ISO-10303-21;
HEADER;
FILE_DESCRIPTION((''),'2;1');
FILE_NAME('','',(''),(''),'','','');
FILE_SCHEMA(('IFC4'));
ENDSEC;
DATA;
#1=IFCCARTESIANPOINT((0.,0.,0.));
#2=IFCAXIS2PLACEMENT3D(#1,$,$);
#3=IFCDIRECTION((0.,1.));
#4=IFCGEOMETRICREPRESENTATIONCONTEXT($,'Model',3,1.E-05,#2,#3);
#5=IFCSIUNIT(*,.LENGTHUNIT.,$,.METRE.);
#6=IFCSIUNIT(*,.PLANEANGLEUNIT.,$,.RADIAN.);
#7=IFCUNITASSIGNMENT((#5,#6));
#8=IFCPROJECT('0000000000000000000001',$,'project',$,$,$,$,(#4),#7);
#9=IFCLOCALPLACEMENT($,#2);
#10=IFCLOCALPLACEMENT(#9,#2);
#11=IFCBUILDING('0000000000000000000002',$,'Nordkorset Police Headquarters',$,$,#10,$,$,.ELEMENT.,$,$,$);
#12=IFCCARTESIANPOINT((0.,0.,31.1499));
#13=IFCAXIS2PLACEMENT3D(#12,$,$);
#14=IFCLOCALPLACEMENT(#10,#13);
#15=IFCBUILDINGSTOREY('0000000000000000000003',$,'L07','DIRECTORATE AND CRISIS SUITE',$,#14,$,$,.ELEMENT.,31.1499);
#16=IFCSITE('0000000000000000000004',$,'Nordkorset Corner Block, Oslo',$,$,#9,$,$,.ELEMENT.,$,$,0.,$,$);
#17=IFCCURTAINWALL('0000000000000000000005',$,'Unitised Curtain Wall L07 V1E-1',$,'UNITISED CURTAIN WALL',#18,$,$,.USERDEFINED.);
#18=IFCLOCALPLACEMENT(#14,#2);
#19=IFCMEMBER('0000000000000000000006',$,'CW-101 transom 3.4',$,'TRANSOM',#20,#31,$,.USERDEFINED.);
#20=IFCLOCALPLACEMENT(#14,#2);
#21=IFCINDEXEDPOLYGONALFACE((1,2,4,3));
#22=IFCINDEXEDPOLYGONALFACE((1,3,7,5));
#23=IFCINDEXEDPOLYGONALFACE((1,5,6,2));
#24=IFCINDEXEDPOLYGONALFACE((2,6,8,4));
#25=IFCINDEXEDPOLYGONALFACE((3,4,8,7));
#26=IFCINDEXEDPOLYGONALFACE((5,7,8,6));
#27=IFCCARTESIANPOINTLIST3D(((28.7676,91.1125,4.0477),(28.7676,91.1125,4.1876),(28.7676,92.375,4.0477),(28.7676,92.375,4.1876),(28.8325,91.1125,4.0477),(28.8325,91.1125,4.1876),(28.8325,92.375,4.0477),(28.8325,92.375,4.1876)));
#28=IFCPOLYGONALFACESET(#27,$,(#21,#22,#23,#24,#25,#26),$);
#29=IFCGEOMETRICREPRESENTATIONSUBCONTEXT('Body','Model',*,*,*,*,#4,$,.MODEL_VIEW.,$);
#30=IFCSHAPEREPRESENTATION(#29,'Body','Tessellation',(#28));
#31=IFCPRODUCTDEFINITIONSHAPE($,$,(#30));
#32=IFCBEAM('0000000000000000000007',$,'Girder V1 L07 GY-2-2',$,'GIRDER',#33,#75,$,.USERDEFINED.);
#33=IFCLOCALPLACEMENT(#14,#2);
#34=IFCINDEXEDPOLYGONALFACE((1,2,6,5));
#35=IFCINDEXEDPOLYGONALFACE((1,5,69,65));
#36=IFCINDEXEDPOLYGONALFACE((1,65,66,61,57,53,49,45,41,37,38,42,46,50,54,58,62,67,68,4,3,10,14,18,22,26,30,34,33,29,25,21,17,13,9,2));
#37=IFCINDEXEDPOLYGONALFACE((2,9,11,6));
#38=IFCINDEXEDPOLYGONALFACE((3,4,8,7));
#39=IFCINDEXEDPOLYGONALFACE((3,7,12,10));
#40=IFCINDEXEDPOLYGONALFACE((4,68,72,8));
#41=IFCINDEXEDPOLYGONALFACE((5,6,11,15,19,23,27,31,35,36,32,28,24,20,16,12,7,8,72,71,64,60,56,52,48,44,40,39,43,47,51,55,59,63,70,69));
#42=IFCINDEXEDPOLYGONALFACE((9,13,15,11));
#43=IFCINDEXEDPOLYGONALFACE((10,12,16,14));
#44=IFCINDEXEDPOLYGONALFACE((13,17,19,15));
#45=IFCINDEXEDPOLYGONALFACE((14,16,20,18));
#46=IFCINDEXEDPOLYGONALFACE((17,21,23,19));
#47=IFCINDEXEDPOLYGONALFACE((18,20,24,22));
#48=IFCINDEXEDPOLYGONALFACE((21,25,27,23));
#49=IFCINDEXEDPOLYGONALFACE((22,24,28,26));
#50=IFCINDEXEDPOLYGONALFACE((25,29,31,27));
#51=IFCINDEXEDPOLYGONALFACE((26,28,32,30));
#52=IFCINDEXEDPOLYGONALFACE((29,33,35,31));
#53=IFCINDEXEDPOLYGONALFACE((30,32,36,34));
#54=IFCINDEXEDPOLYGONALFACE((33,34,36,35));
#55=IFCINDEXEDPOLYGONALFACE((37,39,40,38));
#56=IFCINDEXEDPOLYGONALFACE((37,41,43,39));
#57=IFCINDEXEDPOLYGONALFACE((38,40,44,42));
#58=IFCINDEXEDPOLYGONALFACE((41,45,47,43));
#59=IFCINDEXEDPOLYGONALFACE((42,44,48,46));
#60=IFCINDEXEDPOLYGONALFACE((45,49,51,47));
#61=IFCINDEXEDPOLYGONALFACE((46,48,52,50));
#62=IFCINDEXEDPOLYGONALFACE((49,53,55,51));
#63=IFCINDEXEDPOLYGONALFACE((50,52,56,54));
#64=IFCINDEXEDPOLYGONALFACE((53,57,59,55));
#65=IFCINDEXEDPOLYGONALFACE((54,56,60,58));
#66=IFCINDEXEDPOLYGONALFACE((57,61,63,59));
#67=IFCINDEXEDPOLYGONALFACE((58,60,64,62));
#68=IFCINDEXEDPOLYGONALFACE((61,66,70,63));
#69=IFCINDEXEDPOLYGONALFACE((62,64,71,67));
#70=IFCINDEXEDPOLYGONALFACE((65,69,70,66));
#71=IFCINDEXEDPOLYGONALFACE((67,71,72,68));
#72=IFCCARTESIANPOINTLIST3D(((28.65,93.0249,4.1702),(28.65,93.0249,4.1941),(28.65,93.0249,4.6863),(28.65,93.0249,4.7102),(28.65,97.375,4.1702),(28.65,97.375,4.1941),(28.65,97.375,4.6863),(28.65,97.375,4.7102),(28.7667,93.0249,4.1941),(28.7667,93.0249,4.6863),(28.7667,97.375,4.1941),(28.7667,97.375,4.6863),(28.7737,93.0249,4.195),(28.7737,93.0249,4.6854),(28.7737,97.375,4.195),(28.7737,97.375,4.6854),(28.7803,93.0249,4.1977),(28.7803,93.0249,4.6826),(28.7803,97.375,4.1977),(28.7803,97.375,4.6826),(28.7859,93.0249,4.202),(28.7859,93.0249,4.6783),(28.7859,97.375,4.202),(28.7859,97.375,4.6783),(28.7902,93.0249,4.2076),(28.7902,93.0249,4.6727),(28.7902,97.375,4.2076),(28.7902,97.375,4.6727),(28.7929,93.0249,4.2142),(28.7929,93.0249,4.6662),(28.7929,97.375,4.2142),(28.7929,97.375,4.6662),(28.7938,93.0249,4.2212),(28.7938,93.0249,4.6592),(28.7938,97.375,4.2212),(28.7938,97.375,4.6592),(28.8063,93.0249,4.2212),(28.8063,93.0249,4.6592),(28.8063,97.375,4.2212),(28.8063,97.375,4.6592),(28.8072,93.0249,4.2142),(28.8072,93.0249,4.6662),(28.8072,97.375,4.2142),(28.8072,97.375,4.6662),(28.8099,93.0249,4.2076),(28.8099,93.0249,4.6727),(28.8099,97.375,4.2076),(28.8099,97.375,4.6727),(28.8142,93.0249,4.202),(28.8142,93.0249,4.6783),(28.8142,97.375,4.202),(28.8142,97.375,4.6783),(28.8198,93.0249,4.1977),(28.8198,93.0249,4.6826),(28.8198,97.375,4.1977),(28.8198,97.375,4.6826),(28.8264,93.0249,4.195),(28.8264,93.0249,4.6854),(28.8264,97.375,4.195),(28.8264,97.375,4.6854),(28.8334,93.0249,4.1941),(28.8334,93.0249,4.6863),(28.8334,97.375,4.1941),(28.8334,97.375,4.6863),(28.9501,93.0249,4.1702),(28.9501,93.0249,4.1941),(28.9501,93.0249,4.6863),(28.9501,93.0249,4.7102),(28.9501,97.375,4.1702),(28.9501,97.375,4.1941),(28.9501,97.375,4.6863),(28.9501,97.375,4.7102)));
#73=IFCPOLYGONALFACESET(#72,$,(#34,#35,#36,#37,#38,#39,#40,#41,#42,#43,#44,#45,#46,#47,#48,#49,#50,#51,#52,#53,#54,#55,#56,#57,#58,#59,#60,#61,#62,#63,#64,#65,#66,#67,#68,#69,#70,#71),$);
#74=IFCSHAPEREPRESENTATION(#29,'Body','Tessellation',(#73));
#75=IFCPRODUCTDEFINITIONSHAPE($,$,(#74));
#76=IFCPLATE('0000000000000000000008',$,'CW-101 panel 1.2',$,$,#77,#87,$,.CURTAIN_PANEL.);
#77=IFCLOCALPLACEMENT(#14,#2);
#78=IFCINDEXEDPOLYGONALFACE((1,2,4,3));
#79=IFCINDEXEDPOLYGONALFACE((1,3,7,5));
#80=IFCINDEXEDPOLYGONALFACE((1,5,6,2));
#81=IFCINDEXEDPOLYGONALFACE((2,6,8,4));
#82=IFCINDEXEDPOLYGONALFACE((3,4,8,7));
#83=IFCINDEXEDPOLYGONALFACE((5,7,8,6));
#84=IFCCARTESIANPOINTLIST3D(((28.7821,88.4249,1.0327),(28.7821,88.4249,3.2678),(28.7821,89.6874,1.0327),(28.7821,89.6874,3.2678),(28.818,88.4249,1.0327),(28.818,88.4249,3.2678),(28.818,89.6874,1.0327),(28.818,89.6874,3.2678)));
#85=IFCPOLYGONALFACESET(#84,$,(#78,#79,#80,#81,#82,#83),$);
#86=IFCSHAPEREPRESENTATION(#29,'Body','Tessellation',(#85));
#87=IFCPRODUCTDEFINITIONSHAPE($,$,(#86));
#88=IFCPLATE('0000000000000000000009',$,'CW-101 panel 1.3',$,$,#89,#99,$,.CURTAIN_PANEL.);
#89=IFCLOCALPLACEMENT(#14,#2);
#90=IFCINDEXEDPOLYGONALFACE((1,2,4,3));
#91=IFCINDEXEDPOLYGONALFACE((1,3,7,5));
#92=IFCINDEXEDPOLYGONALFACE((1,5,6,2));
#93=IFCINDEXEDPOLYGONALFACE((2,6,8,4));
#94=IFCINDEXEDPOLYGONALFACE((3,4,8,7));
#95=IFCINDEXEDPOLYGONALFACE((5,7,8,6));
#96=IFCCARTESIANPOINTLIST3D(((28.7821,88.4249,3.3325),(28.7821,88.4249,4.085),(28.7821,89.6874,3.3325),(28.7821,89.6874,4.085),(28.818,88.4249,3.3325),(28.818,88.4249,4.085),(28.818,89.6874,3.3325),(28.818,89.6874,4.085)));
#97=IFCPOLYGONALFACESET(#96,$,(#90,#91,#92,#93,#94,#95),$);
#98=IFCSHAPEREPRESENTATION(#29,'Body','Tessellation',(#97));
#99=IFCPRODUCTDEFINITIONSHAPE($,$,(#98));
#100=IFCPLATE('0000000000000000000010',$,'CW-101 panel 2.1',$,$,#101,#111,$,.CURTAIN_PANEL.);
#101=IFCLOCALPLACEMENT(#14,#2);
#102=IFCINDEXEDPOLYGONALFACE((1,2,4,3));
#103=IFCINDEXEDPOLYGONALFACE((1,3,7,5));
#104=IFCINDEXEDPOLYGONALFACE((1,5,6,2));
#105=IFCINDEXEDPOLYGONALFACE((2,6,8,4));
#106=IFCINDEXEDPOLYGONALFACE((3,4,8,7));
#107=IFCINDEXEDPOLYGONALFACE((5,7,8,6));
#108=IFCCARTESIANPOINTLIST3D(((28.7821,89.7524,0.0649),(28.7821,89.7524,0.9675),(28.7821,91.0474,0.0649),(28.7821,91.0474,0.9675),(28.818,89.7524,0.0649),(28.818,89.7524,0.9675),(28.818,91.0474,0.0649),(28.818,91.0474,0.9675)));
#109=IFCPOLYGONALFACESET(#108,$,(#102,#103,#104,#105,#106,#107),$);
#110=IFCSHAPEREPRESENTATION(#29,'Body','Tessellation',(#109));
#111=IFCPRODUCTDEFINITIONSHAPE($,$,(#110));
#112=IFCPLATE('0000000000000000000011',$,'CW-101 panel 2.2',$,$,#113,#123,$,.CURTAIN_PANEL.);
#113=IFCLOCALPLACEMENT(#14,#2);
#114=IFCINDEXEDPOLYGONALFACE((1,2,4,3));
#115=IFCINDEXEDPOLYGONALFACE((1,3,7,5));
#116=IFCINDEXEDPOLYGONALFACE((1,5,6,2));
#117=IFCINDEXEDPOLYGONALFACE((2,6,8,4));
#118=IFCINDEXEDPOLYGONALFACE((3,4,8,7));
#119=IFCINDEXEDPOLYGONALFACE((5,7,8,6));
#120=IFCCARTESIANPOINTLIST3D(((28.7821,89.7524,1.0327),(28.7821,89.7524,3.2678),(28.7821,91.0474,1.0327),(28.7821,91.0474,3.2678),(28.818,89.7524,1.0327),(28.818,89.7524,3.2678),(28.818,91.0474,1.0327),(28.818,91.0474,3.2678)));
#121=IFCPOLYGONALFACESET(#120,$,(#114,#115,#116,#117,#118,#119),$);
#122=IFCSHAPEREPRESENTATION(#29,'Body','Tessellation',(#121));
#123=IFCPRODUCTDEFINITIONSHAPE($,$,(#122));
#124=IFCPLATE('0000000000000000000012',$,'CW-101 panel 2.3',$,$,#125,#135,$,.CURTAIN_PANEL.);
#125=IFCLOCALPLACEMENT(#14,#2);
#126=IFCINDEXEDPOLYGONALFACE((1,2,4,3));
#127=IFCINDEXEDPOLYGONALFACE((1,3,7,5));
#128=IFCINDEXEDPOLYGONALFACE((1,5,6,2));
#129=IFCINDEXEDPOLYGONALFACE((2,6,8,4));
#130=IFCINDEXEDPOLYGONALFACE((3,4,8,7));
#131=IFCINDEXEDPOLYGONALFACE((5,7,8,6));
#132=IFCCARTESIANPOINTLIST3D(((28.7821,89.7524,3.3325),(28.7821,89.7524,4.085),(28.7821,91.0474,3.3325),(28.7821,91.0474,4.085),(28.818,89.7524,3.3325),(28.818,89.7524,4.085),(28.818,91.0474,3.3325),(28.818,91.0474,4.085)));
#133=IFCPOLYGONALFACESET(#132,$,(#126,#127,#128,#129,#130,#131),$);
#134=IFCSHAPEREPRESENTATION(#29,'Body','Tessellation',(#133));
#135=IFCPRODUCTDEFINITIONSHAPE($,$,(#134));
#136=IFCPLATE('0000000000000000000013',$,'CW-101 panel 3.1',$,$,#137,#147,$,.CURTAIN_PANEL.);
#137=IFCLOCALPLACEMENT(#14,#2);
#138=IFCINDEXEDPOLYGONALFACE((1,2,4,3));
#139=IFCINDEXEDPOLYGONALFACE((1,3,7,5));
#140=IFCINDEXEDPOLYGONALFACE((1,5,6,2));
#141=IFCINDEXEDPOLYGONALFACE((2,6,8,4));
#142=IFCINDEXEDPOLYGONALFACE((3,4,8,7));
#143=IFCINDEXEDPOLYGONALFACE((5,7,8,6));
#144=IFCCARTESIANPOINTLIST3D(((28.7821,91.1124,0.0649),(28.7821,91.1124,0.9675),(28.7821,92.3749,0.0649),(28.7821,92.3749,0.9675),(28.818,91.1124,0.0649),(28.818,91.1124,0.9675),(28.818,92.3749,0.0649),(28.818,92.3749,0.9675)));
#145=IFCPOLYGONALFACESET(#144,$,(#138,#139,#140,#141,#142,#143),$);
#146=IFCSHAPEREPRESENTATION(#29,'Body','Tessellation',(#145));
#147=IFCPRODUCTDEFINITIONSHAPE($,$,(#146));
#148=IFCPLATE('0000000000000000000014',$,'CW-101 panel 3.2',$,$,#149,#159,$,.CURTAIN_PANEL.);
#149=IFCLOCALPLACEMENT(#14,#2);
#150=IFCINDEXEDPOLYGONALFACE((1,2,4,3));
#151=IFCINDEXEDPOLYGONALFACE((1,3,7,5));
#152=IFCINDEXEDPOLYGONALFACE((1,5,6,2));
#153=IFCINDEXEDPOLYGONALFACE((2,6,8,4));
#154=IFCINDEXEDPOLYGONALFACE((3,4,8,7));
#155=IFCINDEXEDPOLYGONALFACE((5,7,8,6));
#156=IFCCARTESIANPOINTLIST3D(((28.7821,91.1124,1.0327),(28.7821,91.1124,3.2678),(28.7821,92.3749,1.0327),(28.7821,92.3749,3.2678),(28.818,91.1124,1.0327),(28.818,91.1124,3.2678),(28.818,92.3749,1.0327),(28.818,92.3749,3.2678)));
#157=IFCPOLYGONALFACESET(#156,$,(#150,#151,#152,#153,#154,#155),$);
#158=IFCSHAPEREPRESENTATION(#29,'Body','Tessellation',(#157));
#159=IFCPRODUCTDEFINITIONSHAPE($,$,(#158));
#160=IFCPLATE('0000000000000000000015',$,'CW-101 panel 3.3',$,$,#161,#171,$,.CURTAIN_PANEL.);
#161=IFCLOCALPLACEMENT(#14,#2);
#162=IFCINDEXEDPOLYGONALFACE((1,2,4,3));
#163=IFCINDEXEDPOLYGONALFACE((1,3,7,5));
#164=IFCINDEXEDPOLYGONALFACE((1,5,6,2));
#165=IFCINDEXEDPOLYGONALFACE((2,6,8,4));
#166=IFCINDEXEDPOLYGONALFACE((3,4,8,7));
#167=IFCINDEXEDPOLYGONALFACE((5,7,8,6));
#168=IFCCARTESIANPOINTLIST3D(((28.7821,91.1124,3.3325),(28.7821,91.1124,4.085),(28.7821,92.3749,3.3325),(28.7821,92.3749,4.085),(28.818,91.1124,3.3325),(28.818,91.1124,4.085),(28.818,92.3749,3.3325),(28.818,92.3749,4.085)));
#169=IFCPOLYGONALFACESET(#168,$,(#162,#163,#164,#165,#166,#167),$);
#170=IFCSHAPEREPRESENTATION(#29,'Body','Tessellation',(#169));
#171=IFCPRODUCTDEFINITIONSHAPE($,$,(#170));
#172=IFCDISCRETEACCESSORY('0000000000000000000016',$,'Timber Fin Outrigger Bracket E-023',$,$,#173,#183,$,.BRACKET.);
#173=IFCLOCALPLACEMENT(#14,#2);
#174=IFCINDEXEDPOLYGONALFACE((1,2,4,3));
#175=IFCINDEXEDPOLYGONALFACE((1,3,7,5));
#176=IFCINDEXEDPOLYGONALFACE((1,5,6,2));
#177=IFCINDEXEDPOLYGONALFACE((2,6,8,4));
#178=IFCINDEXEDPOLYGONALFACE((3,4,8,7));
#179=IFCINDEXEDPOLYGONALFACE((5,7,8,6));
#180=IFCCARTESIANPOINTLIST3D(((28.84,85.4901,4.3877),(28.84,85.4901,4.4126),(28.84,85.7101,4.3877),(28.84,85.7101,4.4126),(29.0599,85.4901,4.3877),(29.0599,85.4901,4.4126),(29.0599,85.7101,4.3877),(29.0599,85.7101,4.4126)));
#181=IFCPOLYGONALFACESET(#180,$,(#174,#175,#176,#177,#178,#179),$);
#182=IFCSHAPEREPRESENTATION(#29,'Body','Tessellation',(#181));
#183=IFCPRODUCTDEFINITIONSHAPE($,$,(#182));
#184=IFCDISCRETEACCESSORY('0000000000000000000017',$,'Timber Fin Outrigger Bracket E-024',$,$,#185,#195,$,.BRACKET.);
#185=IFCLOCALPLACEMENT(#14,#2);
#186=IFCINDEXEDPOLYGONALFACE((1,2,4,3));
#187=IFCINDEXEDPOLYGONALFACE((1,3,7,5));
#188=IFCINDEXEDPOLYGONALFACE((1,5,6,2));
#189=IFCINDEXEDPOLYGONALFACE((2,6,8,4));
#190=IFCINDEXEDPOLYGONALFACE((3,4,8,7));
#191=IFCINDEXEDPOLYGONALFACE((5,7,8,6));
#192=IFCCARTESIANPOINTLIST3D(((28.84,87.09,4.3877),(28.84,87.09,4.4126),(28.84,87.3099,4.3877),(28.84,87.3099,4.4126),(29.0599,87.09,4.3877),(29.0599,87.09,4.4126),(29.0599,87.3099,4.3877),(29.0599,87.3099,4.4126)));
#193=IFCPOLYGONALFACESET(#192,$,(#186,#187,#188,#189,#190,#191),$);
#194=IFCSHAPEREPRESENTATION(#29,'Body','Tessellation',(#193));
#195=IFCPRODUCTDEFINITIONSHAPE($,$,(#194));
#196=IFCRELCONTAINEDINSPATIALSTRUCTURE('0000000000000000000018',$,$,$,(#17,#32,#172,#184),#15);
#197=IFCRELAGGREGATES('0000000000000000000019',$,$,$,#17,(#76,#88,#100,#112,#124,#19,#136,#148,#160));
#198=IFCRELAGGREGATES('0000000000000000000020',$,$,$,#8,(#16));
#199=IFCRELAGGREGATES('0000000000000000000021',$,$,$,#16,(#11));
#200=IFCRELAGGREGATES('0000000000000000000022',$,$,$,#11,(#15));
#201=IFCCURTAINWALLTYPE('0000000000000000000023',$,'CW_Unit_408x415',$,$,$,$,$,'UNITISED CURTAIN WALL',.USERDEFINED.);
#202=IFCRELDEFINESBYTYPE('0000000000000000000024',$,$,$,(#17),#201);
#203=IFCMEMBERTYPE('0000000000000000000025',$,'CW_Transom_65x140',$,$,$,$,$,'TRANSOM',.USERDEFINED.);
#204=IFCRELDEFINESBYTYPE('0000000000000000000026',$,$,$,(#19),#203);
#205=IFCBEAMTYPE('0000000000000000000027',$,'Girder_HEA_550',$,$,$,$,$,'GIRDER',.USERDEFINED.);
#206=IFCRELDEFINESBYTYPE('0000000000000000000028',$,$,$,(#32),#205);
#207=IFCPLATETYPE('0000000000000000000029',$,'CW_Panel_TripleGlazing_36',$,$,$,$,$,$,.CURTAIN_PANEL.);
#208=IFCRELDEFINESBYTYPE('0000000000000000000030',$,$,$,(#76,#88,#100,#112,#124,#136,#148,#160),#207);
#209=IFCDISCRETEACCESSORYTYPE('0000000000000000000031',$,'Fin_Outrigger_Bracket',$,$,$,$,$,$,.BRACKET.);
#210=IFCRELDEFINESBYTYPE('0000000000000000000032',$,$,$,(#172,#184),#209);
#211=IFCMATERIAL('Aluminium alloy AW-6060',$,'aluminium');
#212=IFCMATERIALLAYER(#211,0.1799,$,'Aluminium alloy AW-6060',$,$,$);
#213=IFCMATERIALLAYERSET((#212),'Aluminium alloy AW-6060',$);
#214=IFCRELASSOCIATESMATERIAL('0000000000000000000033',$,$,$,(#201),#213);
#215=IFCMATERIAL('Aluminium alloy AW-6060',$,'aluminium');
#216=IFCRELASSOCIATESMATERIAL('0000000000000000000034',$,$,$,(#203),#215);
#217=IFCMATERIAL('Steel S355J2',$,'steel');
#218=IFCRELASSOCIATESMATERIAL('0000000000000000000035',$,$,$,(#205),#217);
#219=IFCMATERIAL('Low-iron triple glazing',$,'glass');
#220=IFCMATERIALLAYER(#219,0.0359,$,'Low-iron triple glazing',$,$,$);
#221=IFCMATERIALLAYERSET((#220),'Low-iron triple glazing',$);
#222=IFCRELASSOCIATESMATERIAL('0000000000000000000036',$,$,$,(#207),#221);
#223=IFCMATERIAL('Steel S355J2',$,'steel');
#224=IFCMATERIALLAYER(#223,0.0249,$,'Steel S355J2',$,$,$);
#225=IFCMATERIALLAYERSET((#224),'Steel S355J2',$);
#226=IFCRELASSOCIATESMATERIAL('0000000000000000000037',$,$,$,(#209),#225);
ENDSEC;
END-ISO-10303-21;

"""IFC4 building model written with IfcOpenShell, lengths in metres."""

from ifc_helpers import new_model, si_unit, direction, frame, origin, origin_2d, place, context, subcontext, project, spatial, rectangle, i_section, extrude, material, layer, layer_set, material_profile, profile_set, type_object, element, aggregate, save


model = new_model("IFC4")

# Units and contexts
model_context = context("Model", 3, precision=1e-05, world=origin(), true_north=direction((0.0, 1.0)))
body_context = subcontext(model_context, "Body", "Model", "MODEL_VIEW")
ifc_project = project(units=[si_unit("LENGTHUNIT", "METRE"), si_unit("PLANEANGLEUNIT", "RADIAN")], contexts=[model_context])

# Site, building, storey
site_placement = place(None, origin())
site = spatial("IfcSite", under=ifc_project, at=site_placement, Name="Nordkorset Corner Block, Oslo", CompositionType="ELEMENT", RefElevation=0.0)
building_placement = place(site_placement, origin())
building = spatial("IfcBuilding", under=site, at=building_placement, Name="Nordkorset Police Headquarters", CompositionType="ELEMENT")
storey_placement = place(building_placement, frame((0.0, 0.0, 31.1499)))
storey = spatial("IfcBuildingStorey", under=building, at=storey_placement, Name="L07", Description="DIRECTORATE AND CRISIS SUITE", CompositionType="ELEMENT", Elevation=31.1499)

# Curtain wall
ifc_material_1 = material(Name="Aluminium alloy AW-6060", Category="aluminium")
ifc_layer_1 = layer(ifc_material_1, 0.1799, Name="Aluminium alloy AW-6060")
ifc_layer_set_1 = layer_set([ifc_layer_1], Name="Aluminium alloy AW-6060")
curtain_wall_type = type_object("IfcCurtainWallType", Name="CW_Unit_408x415", ElementType="UNITISED CURTAIN WALL", PredefinedType="USERDEFINED", material=ifc_layer_set_1)
curtain_wall_1_placement = place(storey_placement, origin())
curtain_wall_1 = element("IfcCurtainWall", 1, at=curtain_wall_1_placement, inside=storey, type_object=curtain_wall_type, Name="Unitised Curtain Wall L07 V1E-1", ObjectType="UNITISED CURTAIN WALL", PredefinedType="USERDEFINED")

# Member
ifc_material_2 = material(Name="Aluminium alloy AW-6060", Category="aluminium")
ifc_material_profile_1 = material_profile(ifc_material_2, rectangle(XDim=0.0649, YDim=0.1399, at=origin_2d()), Name="ALU TRAN 65x140")
ifc_profile_set_1 = profile_set([ifc_material_profile_1], Name="Aluminium alloy AW-6060")
member_type_1 = type_object("IfcMemberType", Name="CW_Transom_65x140", ElementType="TRANSOM", PredefinedType="USERDEFINED", material=ifc_profile_set_1)
member_1_placement = place(storey_placement, frame((28.8, 91.1125, 4.1177), z_axis=(0.0, 1.0, 0.0), x_axis=(-1.0, 0.0, 0.0)))
member_1 = element("IfcMember", 2, at=member_1_placement, type_object=member_type_1, Name="CW-101 transom 3.4", ObjectType="TRANSOM", PredefinedType="USERDEFINED", context=body_context, shape_type="SweptSolid", body=[
    extrude(rectangle(XDim=0.0649, YDim=0.1399, at=origin_2d()), origin(), (0.0, 0.0, 1.0), 1.2625),
])

# Beam
ifc_material_3 = material(Name="Steel S355J2", Category="steel")
ifc_material_profile_2 = material_profile(ifc_material_3, i_section(OverallWidth=0.3, OverallDepth=0.54, WebThickness=0.0125, FlangeThickness=0.0239, FilletRadius=0.0271, at=origin_2d()), Name="HEA 550")
ifc_profile_set_2 = profile_set([ifc_material_profile_2], Name="Steel S355J2")
beam_type = type_object("IfcBeamType", Name="Girder_HEA_550", ElementType="GIRDER", PredefinedType="USERDEFINED", material=ifc_profile_set_2)
beam_placement = place(storey_placement, frame((28.8, 93.0249, 4.4402), z_axis=(0.0, 1.0, 0.0), x_axis=(-1.0, 0.0, 0.0)))
element("IfcBeam", 3, at=beam_placement, inside=storey, type_object=beam_type, Name="Girder V1 L07 GY-2-2", ObjectType="GIRDER", PredefinedType="USERDEFINED", context=body_context, shape_type="SweptSolid", body=[
    extrude(i_section(OverallWidth=0.3, OverallDepth=0.54, WebThickness=0.0125, FlangeThickness=0.0239, FilletRadius=0.0271, at=origin_2d()), origin(), (0.0, 0.0, 1.0), 4.3501),
])

# Plates
ifc_material_4 = material(Name="Low-iron triple glazing", Category="glass")
ifc_layer_2 = layer(ifc_material_4, 0.0359, Name="Low-iron triple glazing")
ifc_layer_set_2 = layer_set([ifc_layer_2], Name="Low-iron triple glazing")
plate_type = type_object("IfcPlateType", Name="CW_Panel_TripleGlazing_36", PredefinedType="CURTAIN_PANEL", material=ifc_layer_set_2)
plate_1_placement = place(storey_placement, frame((28.8, 89.0562, 1.0327), z_axis=(0.0, 0.0, 1.0), x_axis=(0.0, 1.0, 0.0)))
plate_1 = element("IfcPlate", 4, at=plate_1_placement, type_object=plate_type, Name="CW-101 panel 1.2", PredefinedType="CURTAIN_PANEL", context=body_context, shape_type="SweptSolid", body=[
    extrude(rectangle(XDim=1.2625, YDim=0.0359, at=origin_2d()), origin(), (0.0, 0.0, 1.0), 2.2351),
])
plate_2_placement = place(storey_placement, frame((28.8, 89.0562, 3.3325), z_axis=(0.0, 0.0, 1.0), x_axis=(0.0, 1.0, 0.0)))
plate_2 = element("IfcPlate", 5, at=plate_2_placement, type_object=plate_type, Name="CW-101 panel 1.3", PredefinedType="CURTAIN_PANEL", context=body_context, shape_type="SweptSolid", body=[
    extrude(rectangle(XDim=1.2625, YDim=0.0359, at=origin_2d()), origin(), (0.0, 0.0, 1.0), 0.7524),
])
plate_3_placement = place(storey_placement, frame((28.8, 90.3999, 0.0649), z_axis=(0.0, 0.0, 1.0), x_axis=(0.0, 1.0, 0.0)))
plate_3 = element("IfcPlate", 6, at=plate_3_placement, type_object=plate_type, Name="CW-101 panel 2.1", PredefinedType="CURTAIN_PANEL", context=body_context, shape_type="SweptSolid", body=[
    extrude(rectangle(XDim=1.2949, YDim=0.0359, at=origin_2d()), origin(), (0.0, 0.0, 1.0), 0.9026),
])
plate_4_placement = place(storey_placement, frame((28.8, 90.3999, 1.0327), z_axis=(0.0, 0.0, 1.0), x_axis=(0.0, 1.0, 0.0)))
plate_4 = element("IfcPlate", 7, at=plate_4_placement, type_object=plate_type, Name="CW-101 panel 2.2", PredefinedType="CURTAIN_PANEL", context=body_context, shape_type="SweptSolid", body=[
    extrude(rectangle(XDim=1.2949, YDim=0.0359, at=origin_2d()), origin(), (0.0, 0.0, 1.0), 2.2351),
])
plate_5_placement = place(storey_placement, frame((28.8, 90.3999, 3.3325), z_axis=(0.0, 0.0, 1.0), x_axis=(0.0, 1.0, 0.0)))
plate_5 = element("IfcPlate", 8, at=plate_5_placement, type_object=plate_type, Name="CW-101 panel 2.3", PredefinedType="CURTAIN_PANEL", context=body_context, shape_type="SweptSolid", body=[
    extrude(rectangle(XDim=1.2949, YDim=0.0359, at=origin_2d()), origin(), (0.0, 0.0, 1.0), 0.7524),
])
plate_6_placement = place(storey_placement, frame((28.8, 91.7437, 0.0649), z_axis=(0.0, 0.0, 1.0), x_axis=(0.0, 1.0, 0.0)))
plate_6 = element("IfcPlate", 9, at=plate_6_placement, type_object=plate_type, Name="CW-101 panel 3.1", PredefinedType="CURTAIN_PANEL", context=body_context, shape_type="SweptSolid", body=[
    extrude(rectangle(XDim=1.2625, YDim=0.0359, at=origin_2d()), origin(), (0.0, 0.0, 1.0), 0.9026),
])
plate_7_placement = place(storey_placement, frame((28.8, 91.7437, 1.0327), z_axis=(0.0, 0.0, 1.0), x_axis=(0.0, 1.0, 0.0)))
plate_7 = element("IfcPlate", 10, at=plate_7_placement, type_object=plate_type, Name="CW-101 panel 3.2", PredefinedType="CURTAIN_PANEL", context=body_context, shape_type="SweptSolid", body=[
    extrude(rectangle(XDim=1.2625, YDim=0.0359, at=origin_2d()), origin(), (0.0, 0.0, 1.0), 2.2351),
])
plate_8_placement = place(storey_placement, frame((28.8, 91.7437, 3.3325), z_axis=(0.0, 0.0, 1.0), x_axis=(0.0, 1.0, 0.0)))
plate_8 = element("IfcPlate", 11, at=plate_8_placement, type_object=plate_type, Name="CW-101 panel 3.3", PredefinedType="CURTAIN_PANEL", context=body_context, shape_type="SweptSolid", body=[
    extrude(rectangle(XDim=1.2625, YDim=0.0359, at=origin_2d()), origin(), (0.0, 0.0, 1.0), 0.7524),
])
aggregate(curtain_wall_1, [plate_1, plate_2, plate_3, plate_4, plate_5, member_1, plate_6, plate_7, plate_8])

# Discrete accessories
ifc_material_5 = material(Name="Steel S355J2", Category="steel")
ifc_layer_3 = layer(ifc_material_5, 0.0249, Name="Steel S355J2")
ifc_layer_set_3 = layer_set([ifc_layer_3], Name="Steel S355J2")
discrete_accessory_type = type_object("IfcDiscreteAccessoryType", Name="Fin_Outrigger_Bracket", PredefinedType="BRACKET", material=ifc_layer_set_3)
for number, where, z_axis, x_axis, name in (
    (12, (28.95, 85.6001, 4.3877), (0.0, 0.0, 1.0), (1.0, 0.0, 0.0), "Timber Fin Outrigger Bracket E-023"),
    (13, (28.95, 87.2, 4.3877), (0.0, 0.0, 1.0), (1.0, 0.0, 0.0), "Timber Fin Outrigger Bracket E-024"),
):
    element("IfcDiscreteAccessory", number, at=place(storey_placement, frame(where, z_axis=z_axis, x_axis=x_axis)), inside=storey, type_object=discrete_accessory_type, Name=name, PredefinedType="BRACKET", context=body_context, shape_type="SweptSolid", body=[
        extrude(rectangle(XDim=0.22, YDim=0.22, at=origin_2d()), origin(), (0.0, 0.0, 1.0), 0.0249),
    ])

save(model, "model.ifc")
